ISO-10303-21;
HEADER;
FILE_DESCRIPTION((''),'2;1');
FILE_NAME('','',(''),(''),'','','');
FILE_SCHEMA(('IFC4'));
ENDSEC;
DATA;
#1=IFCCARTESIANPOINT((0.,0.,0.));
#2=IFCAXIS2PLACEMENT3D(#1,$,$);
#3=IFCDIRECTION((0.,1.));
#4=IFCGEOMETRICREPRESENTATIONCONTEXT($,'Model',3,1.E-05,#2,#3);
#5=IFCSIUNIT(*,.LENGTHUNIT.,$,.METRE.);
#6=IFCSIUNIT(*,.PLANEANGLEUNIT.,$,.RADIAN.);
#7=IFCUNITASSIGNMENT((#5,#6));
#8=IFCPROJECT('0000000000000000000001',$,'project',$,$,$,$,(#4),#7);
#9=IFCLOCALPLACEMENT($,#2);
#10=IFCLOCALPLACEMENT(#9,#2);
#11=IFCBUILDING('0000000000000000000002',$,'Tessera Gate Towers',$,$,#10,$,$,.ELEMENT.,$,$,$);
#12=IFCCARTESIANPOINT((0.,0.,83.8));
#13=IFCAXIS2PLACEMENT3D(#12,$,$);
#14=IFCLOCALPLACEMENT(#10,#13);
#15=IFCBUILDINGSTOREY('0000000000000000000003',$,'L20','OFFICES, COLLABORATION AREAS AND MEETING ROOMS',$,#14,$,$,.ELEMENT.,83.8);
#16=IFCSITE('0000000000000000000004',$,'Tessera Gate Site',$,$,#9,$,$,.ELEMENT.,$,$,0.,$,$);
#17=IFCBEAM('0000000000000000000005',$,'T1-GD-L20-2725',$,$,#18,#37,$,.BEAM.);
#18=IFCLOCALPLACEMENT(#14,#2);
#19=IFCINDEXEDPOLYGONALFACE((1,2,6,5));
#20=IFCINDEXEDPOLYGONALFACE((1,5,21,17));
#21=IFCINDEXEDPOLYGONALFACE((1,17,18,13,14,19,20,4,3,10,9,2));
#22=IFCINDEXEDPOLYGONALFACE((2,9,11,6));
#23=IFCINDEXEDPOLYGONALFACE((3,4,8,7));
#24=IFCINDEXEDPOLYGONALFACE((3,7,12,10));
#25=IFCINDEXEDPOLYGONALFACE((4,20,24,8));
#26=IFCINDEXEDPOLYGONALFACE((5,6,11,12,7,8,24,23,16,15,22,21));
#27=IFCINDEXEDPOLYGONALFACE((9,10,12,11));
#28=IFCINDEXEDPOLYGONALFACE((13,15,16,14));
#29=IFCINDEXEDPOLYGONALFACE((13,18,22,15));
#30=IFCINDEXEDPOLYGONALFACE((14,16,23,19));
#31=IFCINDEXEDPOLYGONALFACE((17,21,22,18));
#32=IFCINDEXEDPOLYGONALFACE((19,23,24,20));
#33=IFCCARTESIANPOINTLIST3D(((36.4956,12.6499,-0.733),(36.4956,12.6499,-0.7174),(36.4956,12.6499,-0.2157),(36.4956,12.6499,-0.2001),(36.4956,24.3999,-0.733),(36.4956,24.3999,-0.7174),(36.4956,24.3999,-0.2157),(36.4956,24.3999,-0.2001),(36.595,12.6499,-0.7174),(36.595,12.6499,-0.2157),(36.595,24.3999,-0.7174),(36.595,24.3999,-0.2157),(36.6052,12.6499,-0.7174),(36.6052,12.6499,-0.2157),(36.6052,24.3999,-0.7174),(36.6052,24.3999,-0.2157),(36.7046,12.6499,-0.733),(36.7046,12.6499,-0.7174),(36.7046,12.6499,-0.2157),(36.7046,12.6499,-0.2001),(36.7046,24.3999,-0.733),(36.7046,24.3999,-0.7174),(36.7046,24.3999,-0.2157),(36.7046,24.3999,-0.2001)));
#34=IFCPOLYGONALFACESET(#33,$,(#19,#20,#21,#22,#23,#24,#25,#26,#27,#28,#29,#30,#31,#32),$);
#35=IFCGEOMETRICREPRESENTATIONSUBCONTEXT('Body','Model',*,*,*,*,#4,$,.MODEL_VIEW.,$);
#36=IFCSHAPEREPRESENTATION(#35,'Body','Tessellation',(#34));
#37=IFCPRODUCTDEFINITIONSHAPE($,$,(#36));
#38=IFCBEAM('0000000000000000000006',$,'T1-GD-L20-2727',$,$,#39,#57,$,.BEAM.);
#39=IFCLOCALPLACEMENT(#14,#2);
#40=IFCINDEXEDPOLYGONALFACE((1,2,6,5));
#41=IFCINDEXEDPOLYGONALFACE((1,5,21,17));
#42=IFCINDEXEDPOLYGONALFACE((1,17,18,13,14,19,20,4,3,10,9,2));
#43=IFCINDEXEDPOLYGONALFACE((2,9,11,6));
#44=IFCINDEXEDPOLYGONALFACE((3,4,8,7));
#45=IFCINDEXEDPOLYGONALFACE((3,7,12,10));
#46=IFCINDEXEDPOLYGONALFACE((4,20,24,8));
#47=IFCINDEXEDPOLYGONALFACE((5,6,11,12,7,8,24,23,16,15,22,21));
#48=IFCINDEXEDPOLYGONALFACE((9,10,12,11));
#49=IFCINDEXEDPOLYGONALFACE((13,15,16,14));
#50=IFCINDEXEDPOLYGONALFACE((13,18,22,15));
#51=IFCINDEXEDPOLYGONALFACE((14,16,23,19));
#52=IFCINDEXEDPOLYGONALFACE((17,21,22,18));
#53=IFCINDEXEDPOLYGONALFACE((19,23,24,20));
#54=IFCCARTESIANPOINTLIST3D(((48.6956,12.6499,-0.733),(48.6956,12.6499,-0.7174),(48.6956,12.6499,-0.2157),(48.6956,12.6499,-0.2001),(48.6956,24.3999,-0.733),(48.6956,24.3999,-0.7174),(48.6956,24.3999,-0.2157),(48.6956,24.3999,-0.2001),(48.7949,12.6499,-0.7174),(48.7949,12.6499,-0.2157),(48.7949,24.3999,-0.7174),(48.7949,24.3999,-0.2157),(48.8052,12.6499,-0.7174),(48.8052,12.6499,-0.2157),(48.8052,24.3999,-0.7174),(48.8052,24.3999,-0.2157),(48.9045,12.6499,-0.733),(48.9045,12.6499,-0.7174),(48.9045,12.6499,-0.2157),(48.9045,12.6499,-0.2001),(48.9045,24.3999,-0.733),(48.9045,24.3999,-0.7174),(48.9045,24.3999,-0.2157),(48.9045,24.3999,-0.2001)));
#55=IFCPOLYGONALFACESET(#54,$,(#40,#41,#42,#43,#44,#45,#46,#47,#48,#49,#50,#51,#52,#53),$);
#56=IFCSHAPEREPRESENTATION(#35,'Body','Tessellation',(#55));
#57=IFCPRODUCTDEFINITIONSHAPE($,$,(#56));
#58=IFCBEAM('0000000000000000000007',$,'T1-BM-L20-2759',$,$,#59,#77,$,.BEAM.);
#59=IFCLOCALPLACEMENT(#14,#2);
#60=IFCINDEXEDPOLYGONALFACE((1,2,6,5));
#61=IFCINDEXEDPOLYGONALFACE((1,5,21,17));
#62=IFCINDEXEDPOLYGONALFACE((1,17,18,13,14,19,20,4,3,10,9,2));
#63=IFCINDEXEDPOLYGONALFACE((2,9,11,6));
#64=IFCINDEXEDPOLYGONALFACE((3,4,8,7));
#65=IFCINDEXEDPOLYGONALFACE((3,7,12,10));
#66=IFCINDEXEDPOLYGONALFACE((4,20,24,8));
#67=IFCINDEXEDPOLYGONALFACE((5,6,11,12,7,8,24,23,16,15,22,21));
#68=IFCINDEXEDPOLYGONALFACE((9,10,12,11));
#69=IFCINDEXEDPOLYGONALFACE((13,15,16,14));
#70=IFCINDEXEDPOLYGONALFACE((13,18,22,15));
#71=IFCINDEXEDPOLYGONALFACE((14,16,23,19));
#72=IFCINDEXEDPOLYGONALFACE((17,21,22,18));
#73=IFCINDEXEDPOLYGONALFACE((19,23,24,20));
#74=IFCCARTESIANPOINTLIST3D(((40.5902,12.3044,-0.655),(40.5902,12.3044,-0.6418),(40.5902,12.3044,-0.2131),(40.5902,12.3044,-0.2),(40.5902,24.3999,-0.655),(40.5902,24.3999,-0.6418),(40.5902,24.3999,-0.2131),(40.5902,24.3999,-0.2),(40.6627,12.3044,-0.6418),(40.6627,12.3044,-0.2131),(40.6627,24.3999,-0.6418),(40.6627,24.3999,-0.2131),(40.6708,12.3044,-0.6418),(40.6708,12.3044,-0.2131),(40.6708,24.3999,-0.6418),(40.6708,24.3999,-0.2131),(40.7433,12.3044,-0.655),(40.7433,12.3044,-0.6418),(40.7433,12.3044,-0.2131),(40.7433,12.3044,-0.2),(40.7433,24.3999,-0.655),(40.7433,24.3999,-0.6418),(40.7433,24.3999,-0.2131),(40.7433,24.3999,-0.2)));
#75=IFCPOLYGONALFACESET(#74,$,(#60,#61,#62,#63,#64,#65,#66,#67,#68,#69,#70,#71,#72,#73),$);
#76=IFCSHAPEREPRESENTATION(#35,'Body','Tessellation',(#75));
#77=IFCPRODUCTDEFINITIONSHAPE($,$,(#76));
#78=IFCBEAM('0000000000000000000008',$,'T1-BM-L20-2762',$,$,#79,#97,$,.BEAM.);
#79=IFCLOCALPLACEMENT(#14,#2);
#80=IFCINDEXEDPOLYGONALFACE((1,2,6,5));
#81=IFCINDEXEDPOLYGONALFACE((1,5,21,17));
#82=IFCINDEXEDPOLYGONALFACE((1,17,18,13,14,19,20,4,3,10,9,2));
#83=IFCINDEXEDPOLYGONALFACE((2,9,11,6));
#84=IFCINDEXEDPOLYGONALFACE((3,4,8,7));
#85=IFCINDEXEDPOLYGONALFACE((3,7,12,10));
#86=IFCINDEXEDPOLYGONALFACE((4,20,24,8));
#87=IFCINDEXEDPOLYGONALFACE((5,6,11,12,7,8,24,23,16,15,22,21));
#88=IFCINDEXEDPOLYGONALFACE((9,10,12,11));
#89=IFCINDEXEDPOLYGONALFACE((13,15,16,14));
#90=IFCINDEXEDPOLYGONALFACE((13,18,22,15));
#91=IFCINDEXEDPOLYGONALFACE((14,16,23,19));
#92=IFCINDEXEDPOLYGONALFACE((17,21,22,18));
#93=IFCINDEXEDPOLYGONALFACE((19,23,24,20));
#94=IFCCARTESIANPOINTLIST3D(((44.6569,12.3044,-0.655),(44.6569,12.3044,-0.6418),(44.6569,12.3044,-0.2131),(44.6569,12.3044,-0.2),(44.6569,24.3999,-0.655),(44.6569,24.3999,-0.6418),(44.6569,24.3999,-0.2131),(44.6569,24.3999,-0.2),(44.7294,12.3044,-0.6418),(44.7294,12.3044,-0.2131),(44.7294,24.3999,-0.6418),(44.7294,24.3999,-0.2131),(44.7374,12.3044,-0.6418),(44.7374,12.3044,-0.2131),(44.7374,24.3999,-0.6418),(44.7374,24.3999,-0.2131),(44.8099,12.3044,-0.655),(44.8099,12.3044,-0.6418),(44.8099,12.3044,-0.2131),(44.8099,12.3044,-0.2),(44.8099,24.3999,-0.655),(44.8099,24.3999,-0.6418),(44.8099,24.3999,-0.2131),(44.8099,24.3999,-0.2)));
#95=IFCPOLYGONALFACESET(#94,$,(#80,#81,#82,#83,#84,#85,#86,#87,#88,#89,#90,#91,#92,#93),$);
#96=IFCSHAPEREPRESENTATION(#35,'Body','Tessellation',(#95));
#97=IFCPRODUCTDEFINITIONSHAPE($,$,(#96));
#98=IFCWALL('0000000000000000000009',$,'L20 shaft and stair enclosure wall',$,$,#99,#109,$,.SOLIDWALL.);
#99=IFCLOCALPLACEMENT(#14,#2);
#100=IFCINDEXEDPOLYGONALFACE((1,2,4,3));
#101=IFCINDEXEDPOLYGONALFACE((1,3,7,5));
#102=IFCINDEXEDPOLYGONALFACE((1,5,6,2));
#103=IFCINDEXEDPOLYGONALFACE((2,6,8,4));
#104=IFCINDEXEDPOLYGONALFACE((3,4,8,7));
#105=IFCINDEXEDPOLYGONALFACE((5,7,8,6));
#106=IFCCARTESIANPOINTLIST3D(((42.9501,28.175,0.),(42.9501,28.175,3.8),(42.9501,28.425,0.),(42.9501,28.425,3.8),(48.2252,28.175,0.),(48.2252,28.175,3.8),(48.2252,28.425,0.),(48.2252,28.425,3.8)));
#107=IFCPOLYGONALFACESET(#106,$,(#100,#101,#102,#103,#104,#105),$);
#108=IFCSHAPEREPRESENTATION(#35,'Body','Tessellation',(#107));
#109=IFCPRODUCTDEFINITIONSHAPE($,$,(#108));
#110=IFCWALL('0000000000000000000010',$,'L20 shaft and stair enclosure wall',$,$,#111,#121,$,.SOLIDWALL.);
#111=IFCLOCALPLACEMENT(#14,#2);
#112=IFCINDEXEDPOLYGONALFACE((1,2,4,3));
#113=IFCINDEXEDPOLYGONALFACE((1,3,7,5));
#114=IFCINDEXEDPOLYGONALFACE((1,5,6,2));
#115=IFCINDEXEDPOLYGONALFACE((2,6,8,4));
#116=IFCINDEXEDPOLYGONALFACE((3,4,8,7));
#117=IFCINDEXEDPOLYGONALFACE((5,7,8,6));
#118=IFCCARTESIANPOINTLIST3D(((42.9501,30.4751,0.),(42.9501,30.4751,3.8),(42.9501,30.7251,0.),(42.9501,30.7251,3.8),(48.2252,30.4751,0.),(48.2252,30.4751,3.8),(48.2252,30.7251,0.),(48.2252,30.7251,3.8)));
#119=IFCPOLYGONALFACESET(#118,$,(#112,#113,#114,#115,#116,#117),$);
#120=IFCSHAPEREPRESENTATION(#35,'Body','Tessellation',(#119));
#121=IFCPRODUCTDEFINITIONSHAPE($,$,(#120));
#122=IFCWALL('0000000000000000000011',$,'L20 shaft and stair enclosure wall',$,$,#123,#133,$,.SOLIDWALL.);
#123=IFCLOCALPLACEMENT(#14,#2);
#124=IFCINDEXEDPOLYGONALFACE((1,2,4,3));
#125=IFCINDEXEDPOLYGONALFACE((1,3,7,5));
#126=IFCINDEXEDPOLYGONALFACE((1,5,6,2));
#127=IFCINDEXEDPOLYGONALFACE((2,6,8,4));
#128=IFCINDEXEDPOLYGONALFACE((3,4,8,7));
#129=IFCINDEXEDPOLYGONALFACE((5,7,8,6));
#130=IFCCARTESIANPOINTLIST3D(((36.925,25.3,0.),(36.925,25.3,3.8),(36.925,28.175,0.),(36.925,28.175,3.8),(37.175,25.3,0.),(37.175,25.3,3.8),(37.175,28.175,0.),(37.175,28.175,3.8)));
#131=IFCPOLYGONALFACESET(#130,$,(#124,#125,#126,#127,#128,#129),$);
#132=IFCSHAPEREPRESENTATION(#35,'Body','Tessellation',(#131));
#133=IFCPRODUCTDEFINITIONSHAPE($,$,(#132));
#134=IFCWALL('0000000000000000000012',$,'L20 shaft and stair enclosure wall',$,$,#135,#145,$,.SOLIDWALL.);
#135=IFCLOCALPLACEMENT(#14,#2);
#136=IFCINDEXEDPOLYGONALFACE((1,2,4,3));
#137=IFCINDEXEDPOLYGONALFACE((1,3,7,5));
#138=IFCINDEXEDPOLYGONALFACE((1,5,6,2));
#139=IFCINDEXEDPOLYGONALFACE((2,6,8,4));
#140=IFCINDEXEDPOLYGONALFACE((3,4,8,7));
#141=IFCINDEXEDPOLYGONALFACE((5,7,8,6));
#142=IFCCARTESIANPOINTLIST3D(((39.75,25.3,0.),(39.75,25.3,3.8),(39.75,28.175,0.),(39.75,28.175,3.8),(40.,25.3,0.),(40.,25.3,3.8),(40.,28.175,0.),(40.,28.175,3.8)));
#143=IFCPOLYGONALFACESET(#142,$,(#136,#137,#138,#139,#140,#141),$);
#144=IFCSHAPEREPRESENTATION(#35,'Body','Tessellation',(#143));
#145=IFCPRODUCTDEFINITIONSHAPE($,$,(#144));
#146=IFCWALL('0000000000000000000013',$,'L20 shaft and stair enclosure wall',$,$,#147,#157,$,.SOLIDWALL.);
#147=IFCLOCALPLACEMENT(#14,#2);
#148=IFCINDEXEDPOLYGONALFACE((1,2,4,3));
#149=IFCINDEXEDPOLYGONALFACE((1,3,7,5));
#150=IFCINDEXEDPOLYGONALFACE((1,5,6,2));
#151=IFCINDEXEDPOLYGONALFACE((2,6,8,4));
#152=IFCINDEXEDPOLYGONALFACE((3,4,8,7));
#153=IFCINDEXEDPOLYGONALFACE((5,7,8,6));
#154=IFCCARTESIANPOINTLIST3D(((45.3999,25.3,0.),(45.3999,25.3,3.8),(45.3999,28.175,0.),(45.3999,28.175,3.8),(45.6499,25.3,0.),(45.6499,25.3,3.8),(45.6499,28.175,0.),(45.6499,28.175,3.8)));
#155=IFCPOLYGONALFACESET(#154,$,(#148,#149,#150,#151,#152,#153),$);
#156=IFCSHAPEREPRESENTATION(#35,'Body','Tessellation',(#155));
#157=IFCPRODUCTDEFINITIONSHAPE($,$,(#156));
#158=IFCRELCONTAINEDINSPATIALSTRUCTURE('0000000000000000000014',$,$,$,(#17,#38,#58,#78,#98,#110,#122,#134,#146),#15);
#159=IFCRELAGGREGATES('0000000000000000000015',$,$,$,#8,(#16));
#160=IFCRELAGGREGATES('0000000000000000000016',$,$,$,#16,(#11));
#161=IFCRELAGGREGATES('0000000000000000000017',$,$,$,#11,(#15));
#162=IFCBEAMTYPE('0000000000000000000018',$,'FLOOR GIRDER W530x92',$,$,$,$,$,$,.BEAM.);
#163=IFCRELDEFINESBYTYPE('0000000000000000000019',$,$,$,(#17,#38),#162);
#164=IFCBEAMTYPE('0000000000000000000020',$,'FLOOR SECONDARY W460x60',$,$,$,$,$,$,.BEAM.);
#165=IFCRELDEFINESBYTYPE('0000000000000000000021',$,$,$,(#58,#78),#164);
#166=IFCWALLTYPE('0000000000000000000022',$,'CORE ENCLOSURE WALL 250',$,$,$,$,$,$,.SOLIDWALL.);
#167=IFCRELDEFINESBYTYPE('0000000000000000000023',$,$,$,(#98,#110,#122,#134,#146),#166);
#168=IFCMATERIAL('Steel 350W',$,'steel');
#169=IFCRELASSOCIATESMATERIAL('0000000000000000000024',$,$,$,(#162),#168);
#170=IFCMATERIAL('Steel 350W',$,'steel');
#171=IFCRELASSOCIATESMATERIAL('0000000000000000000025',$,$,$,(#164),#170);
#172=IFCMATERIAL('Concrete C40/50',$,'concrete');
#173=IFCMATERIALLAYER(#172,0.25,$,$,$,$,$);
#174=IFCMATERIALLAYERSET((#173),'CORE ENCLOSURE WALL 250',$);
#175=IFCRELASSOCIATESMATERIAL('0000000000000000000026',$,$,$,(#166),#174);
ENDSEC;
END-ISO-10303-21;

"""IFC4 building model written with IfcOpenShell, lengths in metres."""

from ifc_helpers import new_model, si_unit, direction, frame, frame_2d, origin, origin_2d, place, context, subcontext, project, spatial, rectangle, i_section, extrude, material, layer, layer_set, material_profile, profile_set, type_object, element, save


model = new_model("IFC4")

# Units and contexts
model_context = context("Model", 3, precision=1e-05, world=origin(), true_north=direction((0.0, 1.0)))
body_context = subcontext(model_context, "Body", "Model", "MODEL_VIEW")
ifc_project = project(units=[si_unit("LENGTHUNIT", "METRE"), si_unit("PLANEANGLEUNIT", "RADIAN")], contexts=[model_context])

# Site, building, storey
site_placement = place(None, origin())
site = spatial("IfcSite", under=ifc_project, at=site_placement, Name="Tessera Gate Site", CompositionType="ELEMENT", RefElevation=0.0)
building_placement = place(site_placement, origin())
building = spatial("IfcBuilding", under=site, at=building_placement, Name="Tessera Gate Towers", CompositionType="ELEMENT")
storey_placement = place(building_placement, frame((0.0, 0.0, 83.8)))
storey = spatial("IfcBuildingStorey", under=building, at=storey_placement, Name="L20", Description="OFFICES, COLLABORATION AREAS AND MEETING ROOMS", CompositionType="ELEMENT", Elevation=83.8)

# Beams
ifc_material_1 = material(Name="Steel 350W", Category="steel")
ifc_material_profile_1 = material_profile(ifc_material_1, i_section(OverallWidth=0.209, OverallDepth=0.533, WebThickness=0.0103, FlangeThickness=0.0156, at=origin_2d()), Name="W530x92")
ifc_profile_set_1 = profile_set([ifc_material_profile_1], Name="Steel 350W")
beam_type_1 = type_object("IfcBeamType", Name="FLOOR GIRDER W530x92", PredefinedType="BEAM", material=ifc_profile_set_1)
for number, where, z_axis, x_axis, name in (
    (1, (36.6001, 12.6499, -0.4666), (0.0, 1.0, 0.0), (-1.0, 0.0, 0.0), "T1-GD-L20-2725"),
    (2, (48.8, 12.6499, -0.4666), (0.0, 1.0, 0.0), (-1.0, 0.0, 0.0), "T1-GD-L20-2727"),
):
    element("IfcBeam", number, at=place(storey_placement, frame(where, z_axis=z_axis, x_axis=x_axis)), inside=storey, type_object=beam_type_1, Name=name, PredefinedType="BEAM", context=body_context, shape_type="SweptSolid", body=[
        extrude(i_section(OverallWidth=0.209, OverallDepth=0.533, WebThickness=0.0103, FlangeThickness=0.0156, at=origin_2d()), origin(), (0.0, 0.0, 1.0), 11.75),
    ])
ifc_material_2 = material(Name="Steel 350W", Category="steel")
ifc_material_profile_2 = material_profile(ifc_material_2, i_section(OverallWidth=0.1531, OverallDepth=0.4551, WebThickness=0.0081, FlangeThickness=0.0132, at=origin_2d()), Name="W460x60")
ifc_profile_set_2 = profile_set([ifc_material_profile_2], Name="Steel 350W")
beam_type_2 = type_object("IfcBeamType", Name="FLOOR SECONDARY W460x60", PredefinedType="BEAM", material=ifc_profile_set_2)
for number, where, z_axis, x_axis, name in (
    (3, (40.6667, 12.3044, -0.4275), (0.0, 1.0, 0.0), (-1.0, 0.0, 0.0), "T1-BM-L20-2759"),
    (4, (44.7334, 12.3044, -0.4275), (0.0, 1.0, 0.0), (-1.0, 0.0, 0.0), "T1-BM-L20-2762"),
):
    element("IfcBeam", number, at=place(storey_placement, frame(where, z_axis=z_axis, x_axis=x_axis)), inside=storey, type_object=beam_type_2, Name=name, PredefinedType="BEAM", context=body_context, shape_type="SweptSolid", body=[
        extrude(i_section(OverallWidth=0.1531, OverallDepth=0.4551, WebThickness=0.0081, FlangeThickness=0.0132, at=origin_2d()), origin(), (0.0, 0.0, 1.0), 12.0955),
    ])

# Walls
ifc_material_3 = material(Name="Concrete C40/50", Category="concrete")
ifc_layer_1 = layer(ifc_material_3, 0.25)
ifc_layer_set_1 = layer_set([ifc_layer_1], Name="CORE ENCLOSURE WALL 250")
wall_type_1 = type_object("IfcWallType", Name="CORE ENCLOSURE WALL 250", PredefinedType="SOLIDWALL", material=ifc_layer_set_1)
for number, where, z_axis, x_axis, name in (
    (5, (42.95, 28.3, 0.0), (0.0, 0.0, 1.0), (1.0, 0.0, 0.0), "L20 shaft and stair enclosure wall"),
    (6, (42.95, 30.6001, 0.0), (0.0, 0.0, 1.0), (1.0, 0.0, 0.0), "L20 shaft and stair enclosure wall"),
):
    element("IfcWall", number, at=place(storey_placement, frame(where, z_axis=z_axis, x_axis=x_axis)), inside=storey, type_object=wall_type_1, Name=name, PredefinedType="SOLIDWALL", context=body_context, shape_type="SweptSolid", body=[
        extrude(rectangle(XDim=5.2751, YDim=0.25, at=frame_2d((2.6377, 0.0))), origin(), (0.0, 0.0, 1.0), 3.8),
    ])
for number, where, z_axis, x_axis, name in (
    (7, (37.05, 25.3, 0.0), (0.0, 0.0, 1.0), (0.0, 1.0, 0.0), "L20 shaft and stair enclosure wall"),
    (8, (39.875, 25.3, 0.0), (0.0, 0.0, 1.0), (0.0, 1.0, 0.0), "L20 shaft and stair enclosure wall"),
    (9, (45.5249, 25.3, 0.0), (0.0, 0.0, 1.0), (0.0, 1.0, 0.0), "L20 shaft and stair enclosure wall"),
):
    element("IfcWall", number, at=place(storey_placement, frame(where, z_axis=z_axis, x_axis=x_axis)), inside=storey, type_object=wall_type_1, Name=name, PredefinedType="SOLIDWALL", context=body_context, shape_type="SweptSolid", body=[
        extrude(rectangle(XDim=2.875, YDim=0.25, at=frame_2d((1.4375, 0.0))), origin(), (0.0, 0.0, 1.0), 3.8),
    ])

save(model, "model.ifc")
